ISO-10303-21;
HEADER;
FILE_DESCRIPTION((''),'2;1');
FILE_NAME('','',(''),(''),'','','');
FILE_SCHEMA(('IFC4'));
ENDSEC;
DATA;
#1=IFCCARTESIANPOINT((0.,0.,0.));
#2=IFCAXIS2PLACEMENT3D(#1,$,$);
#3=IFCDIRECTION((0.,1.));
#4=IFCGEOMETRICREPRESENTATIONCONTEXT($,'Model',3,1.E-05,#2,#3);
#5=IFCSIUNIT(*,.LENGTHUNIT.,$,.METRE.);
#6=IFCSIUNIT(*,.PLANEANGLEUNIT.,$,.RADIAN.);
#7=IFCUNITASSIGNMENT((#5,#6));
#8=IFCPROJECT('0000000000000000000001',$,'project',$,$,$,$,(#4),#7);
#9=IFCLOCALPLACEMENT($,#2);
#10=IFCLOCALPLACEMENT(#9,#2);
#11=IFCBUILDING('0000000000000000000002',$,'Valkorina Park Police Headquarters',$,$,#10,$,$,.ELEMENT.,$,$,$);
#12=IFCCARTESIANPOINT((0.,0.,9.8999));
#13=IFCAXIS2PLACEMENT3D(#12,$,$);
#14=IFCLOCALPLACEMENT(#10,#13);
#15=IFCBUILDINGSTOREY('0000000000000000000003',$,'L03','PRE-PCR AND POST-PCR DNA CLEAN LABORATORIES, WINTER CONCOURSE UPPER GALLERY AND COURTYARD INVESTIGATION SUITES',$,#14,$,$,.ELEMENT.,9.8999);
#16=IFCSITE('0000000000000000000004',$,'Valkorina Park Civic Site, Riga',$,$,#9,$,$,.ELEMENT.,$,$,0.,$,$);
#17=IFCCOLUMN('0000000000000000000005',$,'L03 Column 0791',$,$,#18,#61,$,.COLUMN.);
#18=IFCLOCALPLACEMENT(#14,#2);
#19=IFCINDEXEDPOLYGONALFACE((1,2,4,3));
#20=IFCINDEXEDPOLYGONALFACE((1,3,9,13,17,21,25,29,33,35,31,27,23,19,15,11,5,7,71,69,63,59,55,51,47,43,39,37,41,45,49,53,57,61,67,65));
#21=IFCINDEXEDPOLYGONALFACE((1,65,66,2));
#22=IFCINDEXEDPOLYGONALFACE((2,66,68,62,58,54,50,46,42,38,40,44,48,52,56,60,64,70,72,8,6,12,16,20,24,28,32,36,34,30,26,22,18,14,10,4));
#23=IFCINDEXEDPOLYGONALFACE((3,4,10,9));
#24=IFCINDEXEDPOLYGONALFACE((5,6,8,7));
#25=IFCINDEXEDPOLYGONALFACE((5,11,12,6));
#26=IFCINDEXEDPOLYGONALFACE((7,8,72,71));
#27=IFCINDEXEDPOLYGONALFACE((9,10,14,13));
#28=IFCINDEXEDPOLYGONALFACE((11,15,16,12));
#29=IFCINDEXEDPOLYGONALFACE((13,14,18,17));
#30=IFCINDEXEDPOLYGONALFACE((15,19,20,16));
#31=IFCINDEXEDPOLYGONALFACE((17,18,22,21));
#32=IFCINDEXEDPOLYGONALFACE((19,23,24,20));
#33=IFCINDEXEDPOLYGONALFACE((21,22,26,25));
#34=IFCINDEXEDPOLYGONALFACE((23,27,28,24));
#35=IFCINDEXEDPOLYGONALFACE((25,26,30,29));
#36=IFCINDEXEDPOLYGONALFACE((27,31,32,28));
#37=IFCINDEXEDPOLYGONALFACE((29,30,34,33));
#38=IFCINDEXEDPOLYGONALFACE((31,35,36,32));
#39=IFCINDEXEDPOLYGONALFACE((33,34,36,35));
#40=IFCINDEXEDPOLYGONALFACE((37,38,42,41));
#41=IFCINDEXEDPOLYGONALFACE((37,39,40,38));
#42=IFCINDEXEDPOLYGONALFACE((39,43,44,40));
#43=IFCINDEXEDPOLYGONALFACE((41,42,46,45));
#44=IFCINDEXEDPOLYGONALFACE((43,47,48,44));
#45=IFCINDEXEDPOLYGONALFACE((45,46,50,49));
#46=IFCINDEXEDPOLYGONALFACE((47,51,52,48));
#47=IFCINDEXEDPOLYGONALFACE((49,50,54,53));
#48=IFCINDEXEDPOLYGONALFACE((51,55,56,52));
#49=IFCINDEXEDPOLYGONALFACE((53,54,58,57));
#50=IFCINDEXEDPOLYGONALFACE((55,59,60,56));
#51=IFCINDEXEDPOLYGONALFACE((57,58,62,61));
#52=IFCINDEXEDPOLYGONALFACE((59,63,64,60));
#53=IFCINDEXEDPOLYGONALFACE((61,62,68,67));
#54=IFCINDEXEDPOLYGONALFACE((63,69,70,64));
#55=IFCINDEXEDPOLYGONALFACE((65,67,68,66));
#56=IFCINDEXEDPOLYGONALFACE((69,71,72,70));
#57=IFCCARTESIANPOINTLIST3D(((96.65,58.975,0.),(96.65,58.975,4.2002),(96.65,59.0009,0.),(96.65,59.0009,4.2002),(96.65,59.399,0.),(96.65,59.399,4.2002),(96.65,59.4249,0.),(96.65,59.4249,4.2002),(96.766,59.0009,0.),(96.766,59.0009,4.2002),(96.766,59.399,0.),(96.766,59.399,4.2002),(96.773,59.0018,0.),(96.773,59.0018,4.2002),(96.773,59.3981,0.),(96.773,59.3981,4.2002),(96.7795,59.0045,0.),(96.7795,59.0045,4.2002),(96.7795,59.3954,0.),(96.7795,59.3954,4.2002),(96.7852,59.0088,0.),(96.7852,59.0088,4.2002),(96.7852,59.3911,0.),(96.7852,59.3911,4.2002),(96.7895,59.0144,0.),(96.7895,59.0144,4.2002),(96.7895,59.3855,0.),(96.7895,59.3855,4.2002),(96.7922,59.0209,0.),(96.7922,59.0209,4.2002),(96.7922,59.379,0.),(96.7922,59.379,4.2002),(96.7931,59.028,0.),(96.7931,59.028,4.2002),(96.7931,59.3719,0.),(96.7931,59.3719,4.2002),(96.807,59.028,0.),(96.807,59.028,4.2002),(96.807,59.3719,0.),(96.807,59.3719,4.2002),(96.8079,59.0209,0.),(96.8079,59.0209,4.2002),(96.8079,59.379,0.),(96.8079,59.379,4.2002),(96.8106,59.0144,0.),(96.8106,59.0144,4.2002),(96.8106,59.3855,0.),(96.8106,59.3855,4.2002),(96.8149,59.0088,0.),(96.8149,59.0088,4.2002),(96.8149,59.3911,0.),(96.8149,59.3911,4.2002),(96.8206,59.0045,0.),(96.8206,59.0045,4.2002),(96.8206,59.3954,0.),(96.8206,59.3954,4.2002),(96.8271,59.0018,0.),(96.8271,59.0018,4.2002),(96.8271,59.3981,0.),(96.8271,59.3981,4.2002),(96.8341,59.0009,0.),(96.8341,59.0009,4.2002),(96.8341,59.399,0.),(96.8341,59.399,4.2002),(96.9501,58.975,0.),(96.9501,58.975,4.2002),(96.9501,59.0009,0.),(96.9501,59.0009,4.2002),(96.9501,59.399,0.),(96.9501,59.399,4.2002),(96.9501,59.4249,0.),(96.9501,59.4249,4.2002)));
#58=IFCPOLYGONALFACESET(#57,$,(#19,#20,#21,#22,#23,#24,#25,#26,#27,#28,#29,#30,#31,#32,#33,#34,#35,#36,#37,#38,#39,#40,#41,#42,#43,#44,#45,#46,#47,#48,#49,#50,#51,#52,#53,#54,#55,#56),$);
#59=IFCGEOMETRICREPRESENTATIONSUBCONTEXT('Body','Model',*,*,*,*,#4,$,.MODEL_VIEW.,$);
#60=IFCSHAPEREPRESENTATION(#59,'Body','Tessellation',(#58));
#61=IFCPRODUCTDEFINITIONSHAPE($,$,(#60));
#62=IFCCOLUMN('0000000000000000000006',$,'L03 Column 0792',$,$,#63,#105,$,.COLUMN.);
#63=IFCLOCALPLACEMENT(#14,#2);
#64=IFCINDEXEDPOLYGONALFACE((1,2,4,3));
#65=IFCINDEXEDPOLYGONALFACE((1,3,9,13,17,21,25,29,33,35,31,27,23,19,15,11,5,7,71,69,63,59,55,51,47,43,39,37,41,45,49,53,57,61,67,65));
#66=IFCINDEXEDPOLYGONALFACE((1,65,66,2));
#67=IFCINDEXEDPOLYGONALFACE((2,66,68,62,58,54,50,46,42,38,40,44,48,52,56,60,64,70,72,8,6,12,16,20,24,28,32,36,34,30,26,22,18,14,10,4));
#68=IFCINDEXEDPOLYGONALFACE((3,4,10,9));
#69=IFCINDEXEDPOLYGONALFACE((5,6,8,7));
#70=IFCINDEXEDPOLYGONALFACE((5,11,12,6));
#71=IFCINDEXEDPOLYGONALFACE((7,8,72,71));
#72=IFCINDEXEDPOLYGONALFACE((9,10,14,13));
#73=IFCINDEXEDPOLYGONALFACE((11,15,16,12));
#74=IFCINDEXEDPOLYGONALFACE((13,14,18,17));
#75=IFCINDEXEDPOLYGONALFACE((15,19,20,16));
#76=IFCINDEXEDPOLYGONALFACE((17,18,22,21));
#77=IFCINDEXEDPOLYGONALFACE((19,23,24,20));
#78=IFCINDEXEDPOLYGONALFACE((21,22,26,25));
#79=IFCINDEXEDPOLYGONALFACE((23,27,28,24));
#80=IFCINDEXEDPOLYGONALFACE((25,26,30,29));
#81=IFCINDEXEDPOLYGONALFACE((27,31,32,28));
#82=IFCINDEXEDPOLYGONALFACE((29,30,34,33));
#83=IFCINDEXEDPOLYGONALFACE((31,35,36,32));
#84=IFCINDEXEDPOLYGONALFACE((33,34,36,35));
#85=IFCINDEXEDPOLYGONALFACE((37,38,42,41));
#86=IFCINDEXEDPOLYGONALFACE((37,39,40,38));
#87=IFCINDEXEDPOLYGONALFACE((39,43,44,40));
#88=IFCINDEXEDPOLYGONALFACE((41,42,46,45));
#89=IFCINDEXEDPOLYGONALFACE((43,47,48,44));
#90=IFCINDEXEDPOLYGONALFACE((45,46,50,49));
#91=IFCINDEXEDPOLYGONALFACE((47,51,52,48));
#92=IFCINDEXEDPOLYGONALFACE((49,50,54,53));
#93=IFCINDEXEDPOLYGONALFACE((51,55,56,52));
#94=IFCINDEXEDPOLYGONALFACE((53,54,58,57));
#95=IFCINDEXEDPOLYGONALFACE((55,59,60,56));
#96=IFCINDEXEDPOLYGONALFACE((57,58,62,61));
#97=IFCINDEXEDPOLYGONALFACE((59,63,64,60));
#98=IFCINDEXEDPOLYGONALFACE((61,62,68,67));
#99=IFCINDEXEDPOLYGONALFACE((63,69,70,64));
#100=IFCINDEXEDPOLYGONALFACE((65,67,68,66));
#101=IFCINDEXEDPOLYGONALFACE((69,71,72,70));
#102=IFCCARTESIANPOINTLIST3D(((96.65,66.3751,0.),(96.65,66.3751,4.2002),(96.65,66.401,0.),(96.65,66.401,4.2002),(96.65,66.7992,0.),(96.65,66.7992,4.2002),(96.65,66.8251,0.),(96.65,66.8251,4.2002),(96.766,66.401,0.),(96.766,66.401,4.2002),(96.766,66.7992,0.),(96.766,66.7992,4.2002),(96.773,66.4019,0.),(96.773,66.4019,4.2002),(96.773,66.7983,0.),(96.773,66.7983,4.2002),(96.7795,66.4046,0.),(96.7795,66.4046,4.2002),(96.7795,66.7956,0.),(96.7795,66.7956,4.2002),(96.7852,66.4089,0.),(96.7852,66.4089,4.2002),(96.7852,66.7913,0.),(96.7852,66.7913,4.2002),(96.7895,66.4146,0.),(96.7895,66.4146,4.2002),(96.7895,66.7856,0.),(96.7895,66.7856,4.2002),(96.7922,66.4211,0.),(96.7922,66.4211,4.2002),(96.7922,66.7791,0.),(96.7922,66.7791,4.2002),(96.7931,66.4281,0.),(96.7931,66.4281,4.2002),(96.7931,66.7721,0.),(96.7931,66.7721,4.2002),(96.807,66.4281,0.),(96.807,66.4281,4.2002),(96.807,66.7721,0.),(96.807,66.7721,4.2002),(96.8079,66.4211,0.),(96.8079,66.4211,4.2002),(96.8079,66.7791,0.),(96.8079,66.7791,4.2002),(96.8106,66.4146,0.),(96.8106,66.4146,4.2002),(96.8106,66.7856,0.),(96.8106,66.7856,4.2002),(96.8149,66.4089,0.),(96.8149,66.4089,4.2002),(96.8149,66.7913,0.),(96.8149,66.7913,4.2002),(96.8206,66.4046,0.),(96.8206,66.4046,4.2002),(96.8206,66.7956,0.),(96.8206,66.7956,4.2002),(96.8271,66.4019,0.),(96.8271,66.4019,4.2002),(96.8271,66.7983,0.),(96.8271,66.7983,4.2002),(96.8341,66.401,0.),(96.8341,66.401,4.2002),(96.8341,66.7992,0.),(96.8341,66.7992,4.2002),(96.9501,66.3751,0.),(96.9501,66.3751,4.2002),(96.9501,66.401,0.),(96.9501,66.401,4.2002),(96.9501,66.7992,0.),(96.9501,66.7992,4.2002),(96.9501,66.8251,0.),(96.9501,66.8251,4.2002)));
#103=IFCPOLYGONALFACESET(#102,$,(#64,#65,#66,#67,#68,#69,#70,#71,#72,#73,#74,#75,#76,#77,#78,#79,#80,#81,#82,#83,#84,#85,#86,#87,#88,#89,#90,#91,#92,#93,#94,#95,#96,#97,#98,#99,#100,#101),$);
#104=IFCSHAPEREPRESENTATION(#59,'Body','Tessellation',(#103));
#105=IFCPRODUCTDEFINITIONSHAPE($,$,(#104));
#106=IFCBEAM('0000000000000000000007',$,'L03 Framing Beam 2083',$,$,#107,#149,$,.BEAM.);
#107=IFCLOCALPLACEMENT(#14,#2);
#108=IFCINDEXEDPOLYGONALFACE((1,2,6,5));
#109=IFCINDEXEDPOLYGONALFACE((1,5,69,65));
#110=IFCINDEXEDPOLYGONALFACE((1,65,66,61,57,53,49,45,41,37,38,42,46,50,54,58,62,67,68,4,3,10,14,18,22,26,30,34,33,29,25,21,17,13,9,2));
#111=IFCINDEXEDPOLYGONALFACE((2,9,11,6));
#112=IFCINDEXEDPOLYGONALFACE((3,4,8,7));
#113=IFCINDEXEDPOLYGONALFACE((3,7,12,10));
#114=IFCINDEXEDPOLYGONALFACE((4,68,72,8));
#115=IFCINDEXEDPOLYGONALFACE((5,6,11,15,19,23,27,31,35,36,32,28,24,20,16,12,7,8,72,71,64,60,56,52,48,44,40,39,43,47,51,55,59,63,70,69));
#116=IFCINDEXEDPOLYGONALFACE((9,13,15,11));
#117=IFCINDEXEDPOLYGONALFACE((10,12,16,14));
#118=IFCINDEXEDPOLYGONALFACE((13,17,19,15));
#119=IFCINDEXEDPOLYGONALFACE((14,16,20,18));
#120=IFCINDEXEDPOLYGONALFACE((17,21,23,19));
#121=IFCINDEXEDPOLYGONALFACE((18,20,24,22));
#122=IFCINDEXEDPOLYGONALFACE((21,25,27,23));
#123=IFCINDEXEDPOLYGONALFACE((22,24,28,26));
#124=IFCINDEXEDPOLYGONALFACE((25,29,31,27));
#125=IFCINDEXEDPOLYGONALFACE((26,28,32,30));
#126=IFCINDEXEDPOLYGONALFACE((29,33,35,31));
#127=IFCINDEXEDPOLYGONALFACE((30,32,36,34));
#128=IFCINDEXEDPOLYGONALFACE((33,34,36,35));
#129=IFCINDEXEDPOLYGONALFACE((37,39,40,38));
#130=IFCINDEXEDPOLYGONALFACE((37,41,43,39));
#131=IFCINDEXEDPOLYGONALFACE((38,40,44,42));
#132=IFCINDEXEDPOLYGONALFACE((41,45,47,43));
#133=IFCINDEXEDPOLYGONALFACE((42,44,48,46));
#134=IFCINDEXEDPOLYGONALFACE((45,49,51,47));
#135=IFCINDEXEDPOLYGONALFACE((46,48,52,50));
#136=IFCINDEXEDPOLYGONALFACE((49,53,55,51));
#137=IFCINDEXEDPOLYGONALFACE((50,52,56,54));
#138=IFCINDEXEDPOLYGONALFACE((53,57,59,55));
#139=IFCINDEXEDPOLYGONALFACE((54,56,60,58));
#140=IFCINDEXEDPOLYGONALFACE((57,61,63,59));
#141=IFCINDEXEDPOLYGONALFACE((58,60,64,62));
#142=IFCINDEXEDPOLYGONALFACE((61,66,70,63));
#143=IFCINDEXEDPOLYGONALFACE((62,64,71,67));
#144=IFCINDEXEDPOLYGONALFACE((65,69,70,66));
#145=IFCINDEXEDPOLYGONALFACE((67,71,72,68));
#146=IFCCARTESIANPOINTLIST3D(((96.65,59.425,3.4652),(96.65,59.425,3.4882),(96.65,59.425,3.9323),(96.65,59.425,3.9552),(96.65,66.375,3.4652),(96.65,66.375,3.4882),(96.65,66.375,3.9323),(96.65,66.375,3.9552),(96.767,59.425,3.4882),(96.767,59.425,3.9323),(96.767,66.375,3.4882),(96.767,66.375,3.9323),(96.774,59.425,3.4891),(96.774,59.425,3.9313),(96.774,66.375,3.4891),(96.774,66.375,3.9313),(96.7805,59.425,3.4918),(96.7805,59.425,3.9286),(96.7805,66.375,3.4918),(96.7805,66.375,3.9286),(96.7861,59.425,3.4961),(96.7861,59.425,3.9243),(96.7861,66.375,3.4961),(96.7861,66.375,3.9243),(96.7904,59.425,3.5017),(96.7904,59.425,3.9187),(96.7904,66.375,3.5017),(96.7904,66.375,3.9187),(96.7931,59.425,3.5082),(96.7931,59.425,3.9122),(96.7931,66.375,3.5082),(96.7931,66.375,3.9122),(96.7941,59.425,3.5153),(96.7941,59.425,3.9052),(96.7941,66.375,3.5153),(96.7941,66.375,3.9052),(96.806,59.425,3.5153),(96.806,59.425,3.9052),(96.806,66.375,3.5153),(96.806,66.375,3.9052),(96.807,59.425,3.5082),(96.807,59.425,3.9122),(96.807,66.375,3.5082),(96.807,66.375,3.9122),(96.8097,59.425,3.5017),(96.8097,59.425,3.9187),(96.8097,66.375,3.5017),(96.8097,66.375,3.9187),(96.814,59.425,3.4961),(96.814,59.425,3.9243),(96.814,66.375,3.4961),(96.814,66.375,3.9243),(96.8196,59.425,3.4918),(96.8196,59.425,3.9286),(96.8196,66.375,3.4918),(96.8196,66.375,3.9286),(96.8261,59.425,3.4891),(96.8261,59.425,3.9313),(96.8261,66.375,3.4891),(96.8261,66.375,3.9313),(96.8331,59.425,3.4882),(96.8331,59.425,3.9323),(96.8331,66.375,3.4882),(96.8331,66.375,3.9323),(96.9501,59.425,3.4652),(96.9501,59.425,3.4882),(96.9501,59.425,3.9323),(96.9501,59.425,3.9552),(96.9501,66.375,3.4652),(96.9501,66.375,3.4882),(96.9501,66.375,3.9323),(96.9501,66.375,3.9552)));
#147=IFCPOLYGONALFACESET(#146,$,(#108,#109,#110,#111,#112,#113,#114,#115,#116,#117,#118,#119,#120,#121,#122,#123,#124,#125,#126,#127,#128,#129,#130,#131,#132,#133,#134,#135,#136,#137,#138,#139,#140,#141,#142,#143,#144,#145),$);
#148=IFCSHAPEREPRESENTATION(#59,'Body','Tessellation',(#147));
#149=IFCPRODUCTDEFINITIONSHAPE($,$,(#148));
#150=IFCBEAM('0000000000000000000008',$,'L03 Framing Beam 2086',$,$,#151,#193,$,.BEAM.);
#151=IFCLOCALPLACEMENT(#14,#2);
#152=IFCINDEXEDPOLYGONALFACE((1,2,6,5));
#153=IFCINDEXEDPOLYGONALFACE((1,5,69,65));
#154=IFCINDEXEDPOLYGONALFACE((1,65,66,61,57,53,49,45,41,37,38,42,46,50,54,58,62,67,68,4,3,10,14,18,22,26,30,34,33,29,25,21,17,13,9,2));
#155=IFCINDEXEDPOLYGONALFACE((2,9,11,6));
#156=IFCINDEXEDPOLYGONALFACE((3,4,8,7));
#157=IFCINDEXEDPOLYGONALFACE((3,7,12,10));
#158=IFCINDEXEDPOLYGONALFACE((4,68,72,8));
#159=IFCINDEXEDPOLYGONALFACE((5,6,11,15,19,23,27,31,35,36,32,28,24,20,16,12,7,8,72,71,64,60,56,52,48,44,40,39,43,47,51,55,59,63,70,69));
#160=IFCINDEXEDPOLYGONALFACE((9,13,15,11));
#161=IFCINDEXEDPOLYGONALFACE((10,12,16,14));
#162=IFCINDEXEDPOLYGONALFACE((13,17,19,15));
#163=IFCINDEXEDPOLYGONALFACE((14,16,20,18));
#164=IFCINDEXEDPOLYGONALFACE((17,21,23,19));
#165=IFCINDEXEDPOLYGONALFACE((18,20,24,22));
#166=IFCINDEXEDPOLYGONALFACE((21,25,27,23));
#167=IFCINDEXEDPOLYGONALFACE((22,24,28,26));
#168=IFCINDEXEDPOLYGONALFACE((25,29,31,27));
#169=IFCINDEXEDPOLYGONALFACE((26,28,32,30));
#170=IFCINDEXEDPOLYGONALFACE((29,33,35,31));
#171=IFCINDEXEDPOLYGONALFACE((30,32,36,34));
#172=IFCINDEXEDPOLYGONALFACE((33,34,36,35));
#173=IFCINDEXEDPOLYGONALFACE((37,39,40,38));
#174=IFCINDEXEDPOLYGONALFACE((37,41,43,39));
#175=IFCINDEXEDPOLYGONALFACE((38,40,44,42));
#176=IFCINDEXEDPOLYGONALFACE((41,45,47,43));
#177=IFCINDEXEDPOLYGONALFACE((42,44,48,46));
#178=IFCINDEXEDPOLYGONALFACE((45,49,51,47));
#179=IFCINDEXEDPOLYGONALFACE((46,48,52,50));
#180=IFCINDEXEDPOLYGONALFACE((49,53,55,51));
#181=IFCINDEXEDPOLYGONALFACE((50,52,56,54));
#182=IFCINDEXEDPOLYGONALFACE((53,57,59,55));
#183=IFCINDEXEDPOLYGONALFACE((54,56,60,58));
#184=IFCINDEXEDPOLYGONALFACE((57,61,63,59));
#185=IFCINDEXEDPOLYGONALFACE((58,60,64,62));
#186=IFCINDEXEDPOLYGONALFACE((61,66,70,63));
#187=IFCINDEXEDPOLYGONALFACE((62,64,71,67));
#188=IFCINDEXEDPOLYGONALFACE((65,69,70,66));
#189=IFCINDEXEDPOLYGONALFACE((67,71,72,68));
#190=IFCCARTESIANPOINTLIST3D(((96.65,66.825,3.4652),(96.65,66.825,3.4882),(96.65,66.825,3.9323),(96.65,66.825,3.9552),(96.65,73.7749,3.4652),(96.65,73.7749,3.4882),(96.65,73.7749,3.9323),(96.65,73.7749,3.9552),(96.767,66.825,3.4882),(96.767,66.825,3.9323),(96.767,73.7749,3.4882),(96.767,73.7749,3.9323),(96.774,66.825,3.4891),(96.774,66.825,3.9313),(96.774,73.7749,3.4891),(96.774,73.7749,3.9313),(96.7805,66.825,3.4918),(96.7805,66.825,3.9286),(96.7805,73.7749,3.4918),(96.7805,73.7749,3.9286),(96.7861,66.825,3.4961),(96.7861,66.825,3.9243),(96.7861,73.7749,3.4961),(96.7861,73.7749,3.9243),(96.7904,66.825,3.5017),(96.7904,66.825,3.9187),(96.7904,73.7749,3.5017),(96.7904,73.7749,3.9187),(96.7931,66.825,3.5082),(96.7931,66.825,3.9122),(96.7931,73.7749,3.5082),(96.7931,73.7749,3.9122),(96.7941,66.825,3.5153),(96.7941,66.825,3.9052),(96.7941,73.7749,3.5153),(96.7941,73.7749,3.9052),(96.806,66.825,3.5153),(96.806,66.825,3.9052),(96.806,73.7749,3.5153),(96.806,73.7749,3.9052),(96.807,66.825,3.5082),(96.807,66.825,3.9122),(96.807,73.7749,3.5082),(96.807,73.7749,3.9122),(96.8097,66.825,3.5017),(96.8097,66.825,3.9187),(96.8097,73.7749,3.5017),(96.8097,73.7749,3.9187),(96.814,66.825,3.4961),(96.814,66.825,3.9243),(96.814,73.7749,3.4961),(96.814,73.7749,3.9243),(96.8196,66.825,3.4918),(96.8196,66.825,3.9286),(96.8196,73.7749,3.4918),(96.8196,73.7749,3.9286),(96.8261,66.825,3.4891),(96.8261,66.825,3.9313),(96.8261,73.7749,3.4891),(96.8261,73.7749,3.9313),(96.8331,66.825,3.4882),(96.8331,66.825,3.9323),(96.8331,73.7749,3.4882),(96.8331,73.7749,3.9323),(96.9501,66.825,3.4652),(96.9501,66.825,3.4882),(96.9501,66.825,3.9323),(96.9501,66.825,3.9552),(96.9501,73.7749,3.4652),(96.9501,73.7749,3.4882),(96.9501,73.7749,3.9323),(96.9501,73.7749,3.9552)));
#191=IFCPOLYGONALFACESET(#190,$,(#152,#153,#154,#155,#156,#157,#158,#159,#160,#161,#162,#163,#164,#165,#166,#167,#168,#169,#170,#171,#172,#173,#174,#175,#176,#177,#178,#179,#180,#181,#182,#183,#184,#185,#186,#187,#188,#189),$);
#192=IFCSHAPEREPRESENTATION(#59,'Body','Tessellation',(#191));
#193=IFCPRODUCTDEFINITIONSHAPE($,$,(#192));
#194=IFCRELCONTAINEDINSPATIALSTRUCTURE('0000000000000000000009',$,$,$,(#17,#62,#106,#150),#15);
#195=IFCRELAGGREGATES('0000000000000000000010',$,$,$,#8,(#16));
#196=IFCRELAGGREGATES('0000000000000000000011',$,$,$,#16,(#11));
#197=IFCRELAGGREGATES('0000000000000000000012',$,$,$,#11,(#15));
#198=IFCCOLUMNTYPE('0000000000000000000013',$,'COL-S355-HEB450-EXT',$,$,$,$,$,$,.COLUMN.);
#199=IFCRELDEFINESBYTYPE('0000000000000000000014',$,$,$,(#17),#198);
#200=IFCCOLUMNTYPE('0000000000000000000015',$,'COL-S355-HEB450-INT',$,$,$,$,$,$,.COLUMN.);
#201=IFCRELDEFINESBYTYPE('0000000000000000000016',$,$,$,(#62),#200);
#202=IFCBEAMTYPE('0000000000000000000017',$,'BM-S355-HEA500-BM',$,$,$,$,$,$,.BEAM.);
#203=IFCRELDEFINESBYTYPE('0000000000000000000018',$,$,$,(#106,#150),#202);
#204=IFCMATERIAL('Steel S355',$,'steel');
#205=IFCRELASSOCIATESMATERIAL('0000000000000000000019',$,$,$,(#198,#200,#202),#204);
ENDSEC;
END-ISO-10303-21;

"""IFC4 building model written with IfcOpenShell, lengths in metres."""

from ifc_helpers import new_model, si_unit, direction, frame, origin, origin_2d, place, context, subcontext, project, spatial, i_section, extrude, material, material_profile, profile_set, type_object, element, save


model = new_model("IFC4")

# Units and contexts
model_context = context("Model", 3, precision=1e-05, world=origin(), true_north=direction((0.0, 1.0)))
body_context = subcontext(model_context, "Body", "Model", "MODEL_VIEW")
ifc_project = project(units=[si_unit("LENGTHUNIT", "METRE"), si_unit("PLANEANGLEUNIT", "RADIAN")], contexts=[model_context])

# Site, building, storey
site_placement = place(None, origin())
site = spatial("IfcSite", under=ifc_project, at=site_placement, Name="Valkorina Park Civic Site, Riga", CompositionType="ELEMENT", RefElevation=0.0)
building_placement = place(site_placement, origin())
building = spatial("IfcBuilding", under=site, at=building_placement, Name="Valkorina Park Police Headquarters", CompositionType="ELEMENT")
storey_placement = place(building_placement, frame((0.0, 0.0, 9.8999)))
storey = spatial("IfcBuildingStorey", under=building, at=storey_placement, Name="L03", Description="PRE-PCR AND POST-PCR DNA CLEAN LABORATORIES, WINTER CONCOURSE UPPER GALLERY AND COURTYARD INVESTIGATION SUITES", CompositionType="ELEMENT", Elevation=9.8999)

# Columns
ifc_material_1 = material(Name="Steel S355", Category="steel")
ifc_material_profile_1 = material_profile(ifc_material_1, i_section(OverallWidth=0.3, OverallDepth=0.45, WebThickness=0.0139, FlangeThickness=0.0259, FilletRadius=0.0271, at=origin_2d()), Name="HEB 450")
ifc_profile_set_1 = profile_set([ifc_material_profile_1], Name="Steel S355")
column_type_1 = type_object("IfcColumnType", Name="COL-S355-HEB450-EXT", PredefinedType="COLUMN", material=ifc_profile_set_1)
column_1_placement = place(storey_placement, frame((96.8, 59.2, 0.0), z_axis=(0.0, 0.0, 1.0), x_axis=(1.0, 0.0, 0.0)))
element("IfcColumn", 1, at=column_1_placement, inside=storey, type_object=column_type_1, Name="L03 Column 0791", PredefinedType="COLUMN", context=body_context, shape_type="SweptSolid", body=[
    extrude(i_section(OverallWidth=0.3, OverallDepth=0.45, WebThickness=0.0139, FlangeThickness=0.0259, FilletRadius=0.0271, at=origin_2d()), origin(), (0.0, 0.0, 1.0), 4.2002),
])
ifc_material_profile_2 = material_profile(ifc_material_1, i_section(OverallWidth=0.3, OverallDepth=0.45, WebThickness=0.0139, FlangeThickness=0.0259, FilletRadius=0.0271, at=origin_2d()), Name="HEB 450")
ifc_profile_set_2 = profile_set([ifc_material_profile_2], Name="Steel S355")
column_type_2 = type_object("IfcColumnType", Name="COL-S355-HEB450-INT", PredefinedType="COLUMN", material=ifc_profile_set_2)
column_2_placement = place(storey_placement, frame((96.8, 66.6001, 0.0), z_axis=(0.0, 0.0, 1.0), x_axis=(1.0, 0.0, 0.0)))
element("IfcColumn", 2, at=column_2_placement, inside=storey, type_object=column_type_2, Name="L03 Column 0792", PredefinedType="COLUMN", context=body_context, shape_type="SweptSolid", body=[
    extrude(i_section(OverallWidth=0.3, OverallDepth=0.45, WebThickness=0.0139, FlangeThickness=0.0259, FilletRadius=0.0271, at=origin_2d()), origin(), (0.0, 0.0, 1.0), 4.2002),
])

# Beams
ifc_material_profile_3 = material_profile(ifc_material_1, i_section(OverallWidth=0.3, OverallDepth=0.49, WebThickness=0.012, FlangeThickness=0.0229, FilletRadius=0.0271, at=origin_2d()), Name="HEA 500")
ifc_profile_set_3 = profile_set([ifc_material_profile_3], Name="Steel S355")
beam_type_1 = type_object("IfcBeamType", Name="BM-S355-HEA500-BM", PredefinedType="BEAM", material=ifc_profile_set_3)
for number, where, z_axis, x_axis, name in (
    (3, (96.8, 59.425, 3.7102), (0.0, 1.0, 0.0), (-1.0, 0.0, 0.0), "L03 Framing Beam 2083"),
    (4, (96.8, 66.825, 3.7102), (0.0, 1.0, 0.0), (-1.0, 0.0, 0.0), "L03 Framing Beam 2086"),
):
    element("IfcBeam", number, at=place(storey_placement, frame(where, z_axis=z_axis, x_axis=x_axis)), inside=storey, type_object=beam_type_1, Name=name, PredefinedType="BEAM", context=body_context, shape_type="SweptSolid", body=[
        extrude(i_section(OverallWidth=0.3, OverallDepth=0.49, WebThickness=0.012, FlangeThickness=0.0229, FilletRadius=0.0271, at=origin_2d()), origin(), (0.0, 0.0, 1.0), 6.95),
    ])

save(model, "model.ifc")
